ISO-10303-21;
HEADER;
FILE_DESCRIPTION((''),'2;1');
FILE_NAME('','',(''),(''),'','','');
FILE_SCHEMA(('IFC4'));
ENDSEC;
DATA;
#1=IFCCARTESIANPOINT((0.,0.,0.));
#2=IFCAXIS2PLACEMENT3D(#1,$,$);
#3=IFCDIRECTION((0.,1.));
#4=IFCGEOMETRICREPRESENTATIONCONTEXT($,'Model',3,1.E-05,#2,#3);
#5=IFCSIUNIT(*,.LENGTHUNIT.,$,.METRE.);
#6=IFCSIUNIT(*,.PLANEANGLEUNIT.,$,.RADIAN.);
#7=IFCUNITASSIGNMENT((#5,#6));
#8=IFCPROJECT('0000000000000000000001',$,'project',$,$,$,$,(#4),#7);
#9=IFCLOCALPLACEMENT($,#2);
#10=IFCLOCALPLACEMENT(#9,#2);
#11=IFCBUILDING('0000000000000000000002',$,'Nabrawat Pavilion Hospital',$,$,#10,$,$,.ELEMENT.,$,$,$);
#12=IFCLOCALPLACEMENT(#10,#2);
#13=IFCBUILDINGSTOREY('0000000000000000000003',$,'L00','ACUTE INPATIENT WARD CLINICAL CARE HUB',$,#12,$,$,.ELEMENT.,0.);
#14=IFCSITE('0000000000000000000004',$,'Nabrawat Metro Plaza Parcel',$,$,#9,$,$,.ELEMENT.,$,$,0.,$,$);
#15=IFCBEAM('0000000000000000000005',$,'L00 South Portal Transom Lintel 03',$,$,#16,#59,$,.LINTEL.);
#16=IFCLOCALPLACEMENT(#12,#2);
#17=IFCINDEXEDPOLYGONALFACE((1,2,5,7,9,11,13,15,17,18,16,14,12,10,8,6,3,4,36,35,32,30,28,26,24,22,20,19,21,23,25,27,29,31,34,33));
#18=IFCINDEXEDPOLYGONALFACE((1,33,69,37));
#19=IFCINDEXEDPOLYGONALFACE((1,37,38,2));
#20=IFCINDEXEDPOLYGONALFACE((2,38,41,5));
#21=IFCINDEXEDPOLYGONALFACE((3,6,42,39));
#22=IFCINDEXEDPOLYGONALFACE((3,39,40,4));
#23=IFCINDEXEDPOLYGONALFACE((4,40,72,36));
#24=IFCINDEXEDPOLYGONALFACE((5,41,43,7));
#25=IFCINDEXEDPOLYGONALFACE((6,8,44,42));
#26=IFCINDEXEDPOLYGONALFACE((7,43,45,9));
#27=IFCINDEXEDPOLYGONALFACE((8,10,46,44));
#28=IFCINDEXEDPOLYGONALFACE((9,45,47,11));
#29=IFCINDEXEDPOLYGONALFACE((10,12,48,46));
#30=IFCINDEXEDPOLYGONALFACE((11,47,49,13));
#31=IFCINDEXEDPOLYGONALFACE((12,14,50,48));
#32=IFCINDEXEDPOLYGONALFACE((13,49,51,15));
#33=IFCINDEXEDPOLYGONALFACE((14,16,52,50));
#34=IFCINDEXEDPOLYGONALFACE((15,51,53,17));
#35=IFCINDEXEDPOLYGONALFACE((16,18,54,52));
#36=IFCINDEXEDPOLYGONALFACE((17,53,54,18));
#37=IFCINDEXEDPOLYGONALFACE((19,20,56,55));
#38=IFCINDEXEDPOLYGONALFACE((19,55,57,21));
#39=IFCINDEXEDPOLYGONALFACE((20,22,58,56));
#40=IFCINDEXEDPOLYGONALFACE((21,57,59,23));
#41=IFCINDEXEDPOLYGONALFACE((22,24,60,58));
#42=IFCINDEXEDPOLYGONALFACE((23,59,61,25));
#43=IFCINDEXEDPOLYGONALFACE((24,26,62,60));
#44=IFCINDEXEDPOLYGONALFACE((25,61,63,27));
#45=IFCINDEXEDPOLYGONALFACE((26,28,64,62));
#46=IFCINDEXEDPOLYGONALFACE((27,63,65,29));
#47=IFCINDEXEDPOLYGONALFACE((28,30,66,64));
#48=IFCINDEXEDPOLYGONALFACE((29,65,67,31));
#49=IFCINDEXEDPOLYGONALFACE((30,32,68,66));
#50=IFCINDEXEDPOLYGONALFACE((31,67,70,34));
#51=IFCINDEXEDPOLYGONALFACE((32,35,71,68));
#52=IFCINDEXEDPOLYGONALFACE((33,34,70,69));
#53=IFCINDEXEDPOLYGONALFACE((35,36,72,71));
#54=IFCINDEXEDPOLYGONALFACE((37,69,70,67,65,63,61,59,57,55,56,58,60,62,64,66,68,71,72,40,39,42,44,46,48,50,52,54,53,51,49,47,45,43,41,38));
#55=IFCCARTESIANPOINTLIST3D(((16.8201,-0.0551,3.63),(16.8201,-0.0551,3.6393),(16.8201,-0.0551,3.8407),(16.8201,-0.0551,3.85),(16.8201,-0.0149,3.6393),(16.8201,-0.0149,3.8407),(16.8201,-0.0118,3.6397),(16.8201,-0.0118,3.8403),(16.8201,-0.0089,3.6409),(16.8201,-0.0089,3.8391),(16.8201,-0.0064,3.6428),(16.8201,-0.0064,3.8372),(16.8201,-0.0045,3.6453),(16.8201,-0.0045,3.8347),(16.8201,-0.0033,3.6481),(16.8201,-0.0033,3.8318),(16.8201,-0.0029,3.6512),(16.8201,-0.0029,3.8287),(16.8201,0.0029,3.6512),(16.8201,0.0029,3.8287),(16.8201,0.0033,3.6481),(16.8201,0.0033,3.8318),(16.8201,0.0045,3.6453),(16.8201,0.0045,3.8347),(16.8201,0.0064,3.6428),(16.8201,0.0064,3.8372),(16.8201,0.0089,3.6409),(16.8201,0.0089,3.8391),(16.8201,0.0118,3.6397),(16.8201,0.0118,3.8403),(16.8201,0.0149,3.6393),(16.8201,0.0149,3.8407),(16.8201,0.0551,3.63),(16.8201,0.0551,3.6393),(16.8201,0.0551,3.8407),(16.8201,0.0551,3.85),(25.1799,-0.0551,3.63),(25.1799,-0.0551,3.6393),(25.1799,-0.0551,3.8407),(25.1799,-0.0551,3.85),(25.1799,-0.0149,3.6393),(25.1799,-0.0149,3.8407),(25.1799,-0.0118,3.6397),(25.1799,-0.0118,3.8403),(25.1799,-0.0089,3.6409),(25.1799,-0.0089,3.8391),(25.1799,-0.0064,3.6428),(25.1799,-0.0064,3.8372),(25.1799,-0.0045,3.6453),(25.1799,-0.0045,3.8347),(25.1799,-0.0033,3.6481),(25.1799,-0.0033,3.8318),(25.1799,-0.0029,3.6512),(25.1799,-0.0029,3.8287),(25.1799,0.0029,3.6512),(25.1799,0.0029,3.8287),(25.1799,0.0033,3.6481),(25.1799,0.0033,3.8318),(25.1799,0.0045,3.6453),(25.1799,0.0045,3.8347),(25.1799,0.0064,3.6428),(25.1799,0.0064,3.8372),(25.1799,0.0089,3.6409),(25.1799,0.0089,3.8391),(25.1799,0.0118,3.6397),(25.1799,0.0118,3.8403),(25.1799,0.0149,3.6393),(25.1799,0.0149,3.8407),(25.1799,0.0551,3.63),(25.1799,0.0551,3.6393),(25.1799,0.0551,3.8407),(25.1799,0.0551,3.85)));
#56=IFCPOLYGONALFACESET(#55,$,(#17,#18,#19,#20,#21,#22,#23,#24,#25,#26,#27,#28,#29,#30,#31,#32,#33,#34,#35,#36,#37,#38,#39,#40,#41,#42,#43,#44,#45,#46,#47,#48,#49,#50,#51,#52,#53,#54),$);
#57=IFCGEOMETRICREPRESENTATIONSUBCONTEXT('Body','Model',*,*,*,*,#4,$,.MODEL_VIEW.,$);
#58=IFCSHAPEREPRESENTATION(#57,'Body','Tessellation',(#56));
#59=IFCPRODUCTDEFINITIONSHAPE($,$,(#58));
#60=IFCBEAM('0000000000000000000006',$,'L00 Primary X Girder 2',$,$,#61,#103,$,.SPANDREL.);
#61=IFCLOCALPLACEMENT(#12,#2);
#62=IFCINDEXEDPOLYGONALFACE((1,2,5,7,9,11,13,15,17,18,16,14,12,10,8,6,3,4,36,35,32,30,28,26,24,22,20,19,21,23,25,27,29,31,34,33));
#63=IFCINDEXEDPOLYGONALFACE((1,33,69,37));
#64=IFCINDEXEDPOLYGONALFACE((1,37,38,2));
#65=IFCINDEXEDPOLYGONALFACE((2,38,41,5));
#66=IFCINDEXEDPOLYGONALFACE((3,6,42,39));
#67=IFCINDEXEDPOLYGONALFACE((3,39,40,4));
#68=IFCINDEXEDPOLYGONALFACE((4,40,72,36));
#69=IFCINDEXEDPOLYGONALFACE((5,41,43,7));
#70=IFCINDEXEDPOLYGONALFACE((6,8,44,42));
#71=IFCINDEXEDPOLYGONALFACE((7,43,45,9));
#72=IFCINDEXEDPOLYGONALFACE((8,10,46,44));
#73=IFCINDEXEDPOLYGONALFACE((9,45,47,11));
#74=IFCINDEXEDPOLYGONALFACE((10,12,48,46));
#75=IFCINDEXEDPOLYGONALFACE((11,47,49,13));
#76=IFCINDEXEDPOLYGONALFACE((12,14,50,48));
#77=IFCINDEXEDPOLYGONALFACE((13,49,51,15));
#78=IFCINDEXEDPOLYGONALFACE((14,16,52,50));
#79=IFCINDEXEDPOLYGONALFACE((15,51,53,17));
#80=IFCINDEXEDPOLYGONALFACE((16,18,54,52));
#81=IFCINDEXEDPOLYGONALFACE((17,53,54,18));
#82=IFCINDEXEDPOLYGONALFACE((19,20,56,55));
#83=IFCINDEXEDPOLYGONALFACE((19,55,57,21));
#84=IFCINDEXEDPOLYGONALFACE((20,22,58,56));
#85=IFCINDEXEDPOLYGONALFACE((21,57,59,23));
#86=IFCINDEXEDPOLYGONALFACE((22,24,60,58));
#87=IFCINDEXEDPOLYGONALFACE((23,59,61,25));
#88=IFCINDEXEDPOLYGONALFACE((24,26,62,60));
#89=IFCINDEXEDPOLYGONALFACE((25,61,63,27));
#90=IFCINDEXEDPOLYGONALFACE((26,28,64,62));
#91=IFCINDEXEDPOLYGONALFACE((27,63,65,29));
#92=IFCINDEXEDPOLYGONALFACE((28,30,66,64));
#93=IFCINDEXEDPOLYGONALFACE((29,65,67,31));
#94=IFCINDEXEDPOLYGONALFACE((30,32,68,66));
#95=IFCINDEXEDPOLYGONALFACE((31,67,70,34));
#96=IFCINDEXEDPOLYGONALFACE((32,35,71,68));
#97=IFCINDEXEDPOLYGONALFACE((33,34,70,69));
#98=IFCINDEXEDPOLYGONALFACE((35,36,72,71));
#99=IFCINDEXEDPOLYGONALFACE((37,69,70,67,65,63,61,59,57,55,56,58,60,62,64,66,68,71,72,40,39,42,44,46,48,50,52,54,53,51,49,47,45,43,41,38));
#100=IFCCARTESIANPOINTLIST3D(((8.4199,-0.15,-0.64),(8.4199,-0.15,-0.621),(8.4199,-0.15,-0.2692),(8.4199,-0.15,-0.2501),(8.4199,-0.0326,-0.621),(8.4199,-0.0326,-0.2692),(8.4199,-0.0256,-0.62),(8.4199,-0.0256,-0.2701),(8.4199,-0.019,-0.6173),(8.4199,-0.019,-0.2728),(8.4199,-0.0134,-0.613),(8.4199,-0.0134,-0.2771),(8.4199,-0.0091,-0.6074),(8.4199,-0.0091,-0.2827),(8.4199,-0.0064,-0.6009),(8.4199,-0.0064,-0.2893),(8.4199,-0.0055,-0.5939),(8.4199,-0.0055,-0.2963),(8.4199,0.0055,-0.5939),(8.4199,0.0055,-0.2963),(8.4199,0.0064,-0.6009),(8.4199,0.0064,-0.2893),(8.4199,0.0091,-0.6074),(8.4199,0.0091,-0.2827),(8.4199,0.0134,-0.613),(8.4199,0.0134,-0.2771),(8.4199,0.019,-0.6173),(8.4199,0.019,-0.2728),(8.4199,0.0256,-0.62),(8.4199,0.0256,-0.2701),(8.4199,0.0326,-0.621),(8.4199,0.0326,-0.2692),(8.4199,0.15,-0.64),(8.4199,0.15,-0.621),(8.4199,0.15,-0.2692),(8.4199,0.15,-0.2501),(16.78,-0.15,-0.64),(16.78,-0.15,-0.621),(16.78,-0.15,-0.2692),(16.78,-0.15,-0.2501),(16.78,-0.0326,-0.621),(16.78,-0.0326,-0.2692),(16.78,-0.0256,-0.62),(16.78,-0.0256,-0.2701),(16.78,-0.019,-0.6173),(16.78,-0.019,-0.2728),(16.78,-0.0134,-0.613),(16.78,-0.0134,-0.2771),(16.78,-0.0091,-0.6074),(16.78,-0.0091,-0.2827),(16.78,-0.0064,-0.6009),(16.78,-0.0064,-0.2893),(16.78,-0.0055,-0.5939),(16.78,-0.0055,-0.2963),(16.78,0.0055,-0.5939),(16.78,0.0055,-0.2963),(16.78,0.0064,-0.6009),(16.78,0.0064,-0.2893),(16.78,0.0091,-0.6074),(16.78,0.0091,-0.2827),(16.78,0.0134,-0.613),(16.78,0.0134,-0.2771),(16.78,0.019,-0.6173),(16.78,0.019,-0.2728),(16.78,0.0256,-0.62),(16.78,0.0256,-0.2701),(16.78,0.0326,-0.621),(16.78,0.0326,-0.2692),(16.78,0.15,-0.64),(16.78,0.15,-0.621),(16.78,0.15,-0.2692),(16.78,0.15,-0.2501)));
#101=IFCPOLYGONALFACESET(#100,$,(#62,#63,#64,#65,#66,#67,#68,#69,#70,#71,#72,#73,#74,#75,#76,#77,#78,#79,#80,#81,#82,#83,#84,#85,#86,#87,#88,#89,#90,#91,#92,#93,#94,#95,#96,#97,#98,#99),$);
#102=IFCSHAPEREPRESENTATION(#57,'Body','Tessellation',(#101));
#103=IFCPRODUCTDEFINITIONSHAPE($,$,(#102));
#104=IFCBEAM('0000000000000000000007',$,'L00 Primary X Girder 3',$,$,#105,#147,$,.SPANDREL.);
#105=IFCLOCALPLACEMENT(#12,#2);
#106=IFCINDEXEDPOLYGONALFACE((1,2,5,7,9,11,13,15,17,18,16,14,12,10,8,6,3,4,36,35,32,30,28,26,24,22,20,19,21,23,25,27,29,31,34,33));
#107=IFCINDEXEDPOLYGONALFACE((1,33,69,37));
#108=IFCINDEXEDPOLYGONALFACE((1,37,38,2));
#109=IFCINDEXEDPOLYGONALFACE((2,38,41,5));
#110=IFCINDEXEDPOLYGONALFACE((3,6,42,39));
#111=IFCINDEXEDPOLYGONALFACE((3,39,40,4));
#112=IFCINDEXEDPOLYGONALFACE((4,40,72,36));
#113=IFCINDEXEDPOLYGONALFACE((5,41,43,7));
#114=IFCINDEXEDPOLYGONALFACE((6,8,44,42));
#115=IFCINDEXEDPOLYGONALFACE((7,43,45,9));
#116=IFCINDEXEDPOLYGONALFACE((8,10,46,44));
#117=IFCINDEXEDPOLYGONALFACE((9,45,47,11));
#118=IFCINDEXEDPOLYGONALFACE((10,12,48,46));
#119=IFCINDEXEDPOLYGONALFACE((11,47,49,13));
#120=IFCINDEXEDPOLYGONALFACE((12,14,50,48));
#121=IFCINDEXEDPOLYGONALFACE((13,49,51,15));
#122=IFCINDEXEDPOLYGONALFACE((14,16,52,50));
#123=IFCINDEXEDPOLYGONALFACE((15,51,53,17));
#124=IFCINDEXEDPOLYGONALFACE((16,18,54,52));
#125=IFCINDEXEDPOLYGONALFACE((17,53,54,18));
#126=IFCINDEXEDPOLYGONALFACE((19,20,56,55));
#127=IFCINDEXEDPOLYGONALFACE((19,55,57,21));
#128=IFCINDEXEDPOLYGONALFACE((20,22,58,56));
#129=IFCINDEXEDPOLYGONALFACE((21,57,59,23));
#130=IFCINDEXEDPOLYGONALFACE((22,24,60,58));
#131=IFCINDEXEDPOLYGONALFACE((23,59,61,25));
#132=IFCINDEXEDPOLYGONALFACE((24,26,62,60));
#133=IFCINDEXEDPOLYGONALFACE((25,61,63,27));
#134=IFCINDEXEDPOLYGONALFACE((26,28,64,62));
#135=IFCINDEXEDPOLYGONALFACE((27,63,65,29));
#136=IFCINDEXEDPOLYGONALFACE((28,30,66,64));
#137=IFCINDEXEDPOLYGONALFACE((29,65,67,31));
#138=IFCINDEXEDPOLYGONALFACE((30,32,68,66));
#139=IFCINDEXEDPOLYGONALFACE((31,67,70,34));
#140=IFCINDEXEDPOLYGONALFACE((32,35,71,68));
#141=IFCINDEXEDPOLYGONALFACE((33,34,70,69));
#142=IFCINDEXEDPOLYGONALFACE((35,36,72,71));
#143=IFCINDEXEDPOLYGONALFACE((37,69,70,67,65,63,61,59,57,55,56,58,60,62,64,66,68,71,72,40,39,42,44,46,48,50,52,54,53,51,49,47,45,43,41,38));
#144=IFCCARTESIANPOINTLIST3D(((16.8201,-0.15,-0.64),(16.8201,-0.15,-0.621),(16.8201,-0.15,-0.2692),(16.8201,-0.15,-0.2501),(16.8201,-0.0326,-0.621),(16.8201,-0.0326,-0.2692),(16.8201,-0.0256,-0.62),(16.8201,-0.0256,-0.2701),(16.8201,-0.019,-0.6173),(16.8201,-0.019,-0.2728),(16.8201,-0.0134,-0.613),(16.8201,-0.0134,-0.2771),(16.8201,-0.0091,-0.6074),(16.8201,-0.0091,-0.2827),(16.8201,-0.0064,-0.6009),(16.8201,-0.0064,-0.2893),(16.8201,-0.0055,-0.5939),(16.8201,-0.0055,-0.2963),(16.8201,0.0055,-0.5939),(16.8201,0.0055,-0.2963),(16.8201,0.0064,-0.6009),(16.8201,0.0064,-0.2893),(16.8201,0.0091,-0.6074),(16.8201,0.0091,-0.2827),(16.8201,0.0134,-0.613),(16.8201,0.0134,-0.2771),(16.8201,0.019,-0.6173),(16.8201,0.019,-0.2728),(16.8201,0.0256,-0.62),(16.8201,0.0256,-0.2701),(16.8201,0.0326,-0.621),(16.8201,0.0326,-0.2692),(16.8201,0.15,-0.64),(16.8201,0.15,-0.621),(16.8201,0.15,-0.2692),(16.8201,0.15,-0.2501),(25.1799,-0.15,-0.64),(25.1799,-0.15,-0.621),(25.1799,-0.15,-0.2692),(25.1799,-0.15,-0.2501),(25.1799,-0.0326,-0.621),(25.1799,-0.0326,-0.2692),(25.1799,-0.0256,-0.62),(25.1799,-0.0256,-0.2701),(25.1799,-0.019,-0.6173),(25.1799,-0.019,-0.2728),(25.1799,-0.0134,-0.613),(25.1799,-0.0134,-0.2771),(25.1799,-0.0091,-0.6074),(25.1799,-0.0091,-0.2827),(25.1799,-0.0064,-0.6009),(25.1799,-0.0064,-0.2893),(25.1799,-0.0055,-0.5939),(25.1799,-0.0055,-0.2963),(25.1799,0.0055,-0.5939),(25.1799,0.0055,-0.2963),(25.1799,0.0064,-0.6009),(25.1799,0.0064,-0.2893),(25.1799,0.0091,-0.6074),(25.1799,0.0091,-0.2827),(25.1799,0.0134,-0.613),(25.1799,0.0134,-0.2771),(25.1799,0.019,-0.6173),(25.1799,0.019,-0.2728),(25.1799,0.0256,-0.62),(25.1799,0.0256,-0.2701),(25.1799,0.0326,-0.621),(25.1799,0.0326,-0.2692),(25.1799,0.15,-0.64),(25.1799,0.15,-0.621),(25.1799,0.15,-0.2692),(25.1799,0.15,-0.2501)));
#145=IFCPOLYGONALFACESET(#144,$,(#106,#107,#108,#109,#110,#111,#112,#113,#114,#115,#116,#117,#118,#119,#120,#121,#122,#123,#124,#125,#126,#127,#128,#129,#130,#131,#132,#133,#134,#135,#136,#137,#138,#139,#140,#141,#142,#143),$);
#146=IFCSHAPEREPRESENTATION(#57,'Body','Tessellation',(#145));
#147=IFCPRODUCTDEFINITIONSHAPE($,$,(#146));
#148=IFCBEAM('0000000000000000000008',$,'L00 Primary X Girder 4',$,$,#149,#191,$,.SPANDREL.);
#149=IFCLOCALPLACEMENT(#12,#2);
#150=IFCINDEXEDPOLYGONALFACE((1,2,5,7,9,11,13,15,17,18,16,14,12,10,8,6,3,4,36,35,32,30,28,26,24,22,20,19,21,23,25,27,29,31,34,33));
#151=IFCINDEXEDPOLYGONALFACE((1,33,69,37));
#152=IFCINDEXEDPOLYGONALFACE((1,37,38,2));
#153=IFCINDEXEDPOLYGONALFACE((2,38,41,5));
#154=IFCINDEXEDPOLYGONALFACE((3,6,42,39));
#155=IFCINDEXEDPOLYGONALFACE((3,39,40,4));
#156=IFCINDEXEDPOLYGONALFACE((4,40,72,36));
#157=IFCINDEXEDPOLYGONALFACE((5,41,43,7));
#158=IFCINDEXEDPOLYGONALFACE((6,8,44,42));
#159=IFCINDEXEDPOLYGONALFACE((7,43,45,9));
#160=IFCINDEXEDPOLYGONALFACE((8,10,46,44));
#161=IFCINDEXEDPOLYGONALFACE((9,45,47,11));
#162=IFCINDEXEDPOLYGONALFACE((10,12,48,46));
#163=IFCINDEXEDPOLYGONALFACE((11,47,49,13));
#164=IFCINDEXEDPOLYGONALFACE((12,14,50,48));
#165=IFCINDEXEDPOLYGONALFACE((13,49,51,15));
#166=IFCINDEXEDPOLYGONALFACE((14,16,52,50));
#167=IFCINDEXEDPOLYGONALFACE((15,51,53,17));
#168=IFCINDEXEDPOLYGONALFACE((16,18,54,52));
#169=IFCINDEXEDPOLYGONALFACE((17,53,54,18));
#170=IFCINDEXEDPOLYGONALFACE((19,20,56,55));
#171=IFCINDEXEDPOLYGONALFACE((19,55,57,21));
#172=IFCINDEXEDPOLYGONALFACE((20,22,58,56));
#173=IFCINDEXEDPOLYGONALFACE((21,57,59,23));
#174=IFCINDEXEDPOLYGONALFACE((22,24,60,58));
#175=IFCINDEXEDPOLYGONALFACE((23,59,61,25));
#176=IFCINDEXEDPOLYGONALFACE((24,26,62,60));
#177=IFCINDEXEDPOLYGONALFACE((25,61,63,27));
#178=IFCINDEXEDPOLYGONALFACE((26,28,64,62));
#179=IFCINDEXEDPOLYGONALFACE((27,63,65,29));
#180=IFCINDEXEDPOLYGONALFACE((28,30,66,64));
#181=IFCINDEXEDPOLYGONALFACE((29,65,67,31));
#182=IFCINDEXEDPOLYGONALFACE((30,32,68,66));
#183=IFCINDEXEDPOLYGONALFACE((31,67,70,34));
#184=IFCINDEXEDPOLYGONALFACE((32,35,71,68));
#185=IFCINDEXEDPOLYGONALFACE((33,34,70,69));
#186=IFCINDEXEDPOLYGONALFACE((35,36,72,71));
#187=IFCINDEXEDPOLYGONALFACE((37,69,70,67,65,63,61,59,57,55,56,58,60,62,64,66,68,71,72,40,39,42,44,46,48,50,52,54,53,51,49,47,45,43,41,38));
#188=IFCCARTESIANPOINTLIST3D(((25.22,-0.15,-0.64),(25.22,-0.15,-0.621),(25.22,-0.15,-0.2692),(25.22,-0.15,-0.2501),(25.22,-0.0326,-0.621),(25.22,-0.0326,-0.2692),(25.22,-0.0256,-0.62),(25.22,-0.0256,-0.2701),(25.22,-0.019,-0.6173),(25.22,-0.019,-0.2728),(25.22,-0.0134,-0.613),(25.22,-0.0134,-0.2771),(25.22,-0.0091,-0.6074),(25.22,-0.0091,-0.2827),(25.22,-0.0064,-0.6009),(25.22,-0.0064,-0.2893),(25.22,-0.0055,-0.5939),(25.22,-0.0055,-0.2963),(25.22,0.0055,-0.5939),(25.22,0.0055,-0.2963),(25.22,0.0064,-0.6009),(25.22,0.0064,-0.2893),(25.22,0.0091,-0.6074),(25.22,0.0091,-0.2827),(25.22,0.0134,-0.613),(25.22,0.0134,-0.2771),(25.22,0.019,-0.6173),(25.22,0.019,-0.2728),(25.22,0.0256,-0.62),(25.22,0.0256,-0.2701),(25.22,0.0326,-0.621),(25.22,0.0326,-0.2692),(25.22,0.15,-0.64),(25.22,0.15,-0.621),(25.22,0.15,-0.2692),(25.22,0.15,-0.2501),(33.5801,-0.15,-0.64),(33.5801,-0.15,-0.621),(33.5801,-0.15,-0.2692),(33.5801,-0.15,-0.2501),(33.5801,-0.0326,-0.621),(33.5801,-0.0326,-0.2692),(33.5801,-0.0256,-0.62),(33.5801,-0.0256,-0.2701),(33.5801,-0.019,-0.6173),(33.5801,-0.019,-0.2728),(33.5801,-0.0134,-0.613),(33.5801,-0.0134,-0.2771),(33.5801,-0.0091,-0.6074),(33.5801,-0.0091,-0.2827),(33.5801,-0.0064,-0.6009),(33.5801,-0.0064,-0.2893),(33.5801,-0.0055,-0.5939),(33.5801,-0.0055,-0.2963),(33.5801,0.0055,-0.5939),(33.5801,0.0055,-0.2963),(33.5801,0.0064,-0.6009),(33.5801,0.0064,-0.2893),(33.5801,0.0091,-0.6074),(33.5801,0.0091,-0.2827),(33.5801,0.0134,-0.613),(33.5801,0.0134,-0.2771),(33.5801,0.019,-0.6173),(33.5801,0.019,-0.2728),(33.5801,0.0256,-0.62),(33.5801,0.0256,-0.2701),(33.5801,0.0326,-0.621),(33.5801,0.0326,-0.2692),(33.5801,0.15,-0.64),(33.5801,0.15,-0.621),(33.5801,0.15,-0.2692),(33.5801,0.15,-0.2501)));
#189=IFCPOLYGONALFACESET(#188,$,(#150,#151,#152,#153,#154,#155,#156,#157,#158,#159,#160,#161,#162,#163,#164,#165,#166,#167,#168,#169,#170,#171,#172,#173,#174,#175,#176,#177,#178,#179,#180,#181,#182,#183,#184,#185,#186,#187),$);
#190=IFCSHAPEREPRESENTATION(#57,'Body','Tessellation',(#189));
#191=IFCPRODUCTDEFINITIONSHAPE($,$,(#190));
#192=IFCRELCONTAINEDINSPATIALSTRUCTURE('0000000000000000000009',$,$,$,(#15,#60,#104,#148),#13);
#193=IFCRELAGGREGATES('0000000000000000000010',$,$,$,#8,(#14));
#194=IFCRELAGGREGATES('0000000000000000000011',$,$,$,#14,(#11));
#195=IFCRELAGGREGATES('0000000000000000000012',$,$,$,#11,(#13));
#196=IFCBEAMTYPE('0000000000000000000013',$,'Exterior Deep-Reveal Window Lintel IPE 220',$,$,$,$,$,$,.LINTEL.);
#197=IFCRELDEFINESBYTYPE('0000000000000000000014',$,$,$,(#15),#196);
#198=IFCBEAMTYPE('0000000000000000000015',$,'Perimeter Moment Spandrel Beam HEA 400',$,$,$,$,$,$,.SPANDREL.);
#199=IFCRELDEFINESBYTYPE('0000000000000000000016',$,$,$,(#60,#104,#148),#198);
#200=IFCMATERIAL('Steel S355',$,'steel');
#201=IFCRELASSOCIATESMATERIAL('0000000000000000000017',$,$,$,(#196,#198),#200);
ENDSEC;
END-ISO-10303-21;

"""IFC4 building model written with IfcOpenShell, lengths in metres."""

from ifc_helpers import new_model, si_unit, direction, frame, origin, origin_2d, place, context, subcontext, project, spatial, i_section, extrude, material, material_profile, profile_set, type_object, element, save


model = new_model("IFC4")

# Units and contexts
model_context = context("Model", 3, precision=1e-05, world=origin(), true_north=direction((0.0, 1.0)))
body_context = subcontext(model_context, "Body", "Model", "MODEL_VIEW")
ifc_project = project(units=[si_unit("LENGTHUNIT", "METRE"), si_unit("PLANEANGLEUNIT", "RADIAN")], contexts=[model_context])

# Site, building, storey
site_placement = place(None, origin())
site = spatial("IfcSite", under=ifc_project, at=site_placement, Name="Nabrawat Metro Plaza Parcel", CompositionType="ELEMENT", RefElevation=0.0)
building_placement = place(site_placement, origin())
building = spatial("IfcBuilding", under=site, at=building_placement, Name="Nabrawat Pavilion Hospital", CompositionType="ELEMENT")
storey_placement = place(building_placement, origin())
storey = spatial("IfcBuildingStorey", under=building, at=storey_placement, Name="L00", Description="ACUTE INPATIENT WARD CLINICAL CARE HUB", CompositionType="ELEMENT", Elevation=0.0)

# Shared definitions
ifc_material_1 = material(Name="Steel S355", Category="steel")

# Beams
ifc_material_profile_1 = material_profile(ifc_material_1, i_section(OverallWidth=0.1101, OverallDepth=0.22, WebThickness=0.0059, FlangeThickness=0.0093, FilletRadius=0.012, at=origin_2d()), Name="IPE 220")
ifc_profile_set_1 = profile_set([ifc_material_profile_1], Name="Steel S355")
beam_type_1 = type_object("IfcBeamType", Name="Exterior Deep-Reveal Window Lintel IPE 220", PredefinedType="LINTEL", material=ifc_profile_set_1)
beam_1_placement = place(storey_placement, frame((16.8201, 0.0, 3.74), z_axis=(1.0, 0.0, 0.0), x_axis=(0.0, 1.0, 0.0)))
element("IfcBeam", 1, at=beam_1_placement, inside=storey, type_object=beam_type_1, Name="L00 South Portal Transom Lintel 03", PredefinedType="LINTEL", context=body_context, shape_type="SweptSolid", body=[
    extrude(i_section(OverallWidth=0.1101, OverallDepth=0.22, WebThickness=0.0059, FlangeThickness=0.0093, FilletRadius=0.012, at=origin_2d()), origin(), (0.0, 0.0, 1.0), 8.3599),
])
ifc_material_profile_2 = material_profile(ifc_material_1, i_section(OverallWidth=0.3, OverallDepth=0.3899, WebThickness=0.011, FlangeThickness=0.019, FilletRadius=0.0271, at=origin_2d()), Name="HEA 400")
ifc_profile_set_2 = profile_set([ifc_material_profile_2], Name="Steel S355")
beam_type_2 = type_object("IfcBeamType", Name="Perimeter Moment Spandrel Beam HEA 400", PredefinedType="SPANDREL", material=ifc_profile_set_2)
beam_2_placement = place(storey_placement, frame((8.4199, 0.0, -0.4451), z_axis=(1.0, 0.0, 0.0), x_axis=(0.0, 1.0, 0.0)))
element("IfcBeam", 2, at=beam_2_placement, inside=storey, type_object=beam_type_2, Name="L00 Primary X Girder 2", PredefinedType="SPANDREL", context=body_context, shape_type="SweptSolid", body=[
    extrude(i_section(OverallWidth=0.3, OverallDepth=0.3899, WebThickness=0.011, FlangeThickness=0.019, FilletRadius=0.0271, at=origin_2d()), origin(), (0.0, 0.0, 1.0), 8.3601),
])
beam_3_placement = place(storey_placement, frame((16.8201, 0.0, -0.4451), z_axis=(1.0, 0.0, 0.0), x_axis=(0.0, 1.0, 0.0)))
element("IfcBeam", 3, at=beam_3_placement, inside=storey, type_object=beam_type_2, Name="L00 Primary X Girder 3", PredefinedType="SPANDREL", context=body_context, shape_type="SweptSolid", body=[
    extrude(i_section(OverallWidth=0.3, OverallDepth=0.3899, WebThickness=0.011, FlangeThickness=0.019, FilletRadius=0.0271, at=origin_2d()), origin(), (0.0, 0.0, 1.0), 8.3599),
])
beam_4_placement = place(storey_placement, frame((25.22, 0.0, -0.4451), z_axis=(1.0, 0.0, 0.0), x_axis=(0.0, 1.0, 0.0)))
element("IfcBeam", 4, at=beam_4_placement, inside=storey, type_object=beam_type_2, Name="L00 Primary X Girder 4", PredefinedType="SPANDREL", context=body_context, shape_type="SweptSolid", body=[
    extrude(i_section(OverallWidth=0.3, OverallDepth=0.3899, WebThickness=0.011, FlangeThickness=0.019, FilletRadius=0.0271, at=origin_2d()), origin(), (0.0, 0.0, 1.0), 8.3601),
])

save(model, "model.ifc")
